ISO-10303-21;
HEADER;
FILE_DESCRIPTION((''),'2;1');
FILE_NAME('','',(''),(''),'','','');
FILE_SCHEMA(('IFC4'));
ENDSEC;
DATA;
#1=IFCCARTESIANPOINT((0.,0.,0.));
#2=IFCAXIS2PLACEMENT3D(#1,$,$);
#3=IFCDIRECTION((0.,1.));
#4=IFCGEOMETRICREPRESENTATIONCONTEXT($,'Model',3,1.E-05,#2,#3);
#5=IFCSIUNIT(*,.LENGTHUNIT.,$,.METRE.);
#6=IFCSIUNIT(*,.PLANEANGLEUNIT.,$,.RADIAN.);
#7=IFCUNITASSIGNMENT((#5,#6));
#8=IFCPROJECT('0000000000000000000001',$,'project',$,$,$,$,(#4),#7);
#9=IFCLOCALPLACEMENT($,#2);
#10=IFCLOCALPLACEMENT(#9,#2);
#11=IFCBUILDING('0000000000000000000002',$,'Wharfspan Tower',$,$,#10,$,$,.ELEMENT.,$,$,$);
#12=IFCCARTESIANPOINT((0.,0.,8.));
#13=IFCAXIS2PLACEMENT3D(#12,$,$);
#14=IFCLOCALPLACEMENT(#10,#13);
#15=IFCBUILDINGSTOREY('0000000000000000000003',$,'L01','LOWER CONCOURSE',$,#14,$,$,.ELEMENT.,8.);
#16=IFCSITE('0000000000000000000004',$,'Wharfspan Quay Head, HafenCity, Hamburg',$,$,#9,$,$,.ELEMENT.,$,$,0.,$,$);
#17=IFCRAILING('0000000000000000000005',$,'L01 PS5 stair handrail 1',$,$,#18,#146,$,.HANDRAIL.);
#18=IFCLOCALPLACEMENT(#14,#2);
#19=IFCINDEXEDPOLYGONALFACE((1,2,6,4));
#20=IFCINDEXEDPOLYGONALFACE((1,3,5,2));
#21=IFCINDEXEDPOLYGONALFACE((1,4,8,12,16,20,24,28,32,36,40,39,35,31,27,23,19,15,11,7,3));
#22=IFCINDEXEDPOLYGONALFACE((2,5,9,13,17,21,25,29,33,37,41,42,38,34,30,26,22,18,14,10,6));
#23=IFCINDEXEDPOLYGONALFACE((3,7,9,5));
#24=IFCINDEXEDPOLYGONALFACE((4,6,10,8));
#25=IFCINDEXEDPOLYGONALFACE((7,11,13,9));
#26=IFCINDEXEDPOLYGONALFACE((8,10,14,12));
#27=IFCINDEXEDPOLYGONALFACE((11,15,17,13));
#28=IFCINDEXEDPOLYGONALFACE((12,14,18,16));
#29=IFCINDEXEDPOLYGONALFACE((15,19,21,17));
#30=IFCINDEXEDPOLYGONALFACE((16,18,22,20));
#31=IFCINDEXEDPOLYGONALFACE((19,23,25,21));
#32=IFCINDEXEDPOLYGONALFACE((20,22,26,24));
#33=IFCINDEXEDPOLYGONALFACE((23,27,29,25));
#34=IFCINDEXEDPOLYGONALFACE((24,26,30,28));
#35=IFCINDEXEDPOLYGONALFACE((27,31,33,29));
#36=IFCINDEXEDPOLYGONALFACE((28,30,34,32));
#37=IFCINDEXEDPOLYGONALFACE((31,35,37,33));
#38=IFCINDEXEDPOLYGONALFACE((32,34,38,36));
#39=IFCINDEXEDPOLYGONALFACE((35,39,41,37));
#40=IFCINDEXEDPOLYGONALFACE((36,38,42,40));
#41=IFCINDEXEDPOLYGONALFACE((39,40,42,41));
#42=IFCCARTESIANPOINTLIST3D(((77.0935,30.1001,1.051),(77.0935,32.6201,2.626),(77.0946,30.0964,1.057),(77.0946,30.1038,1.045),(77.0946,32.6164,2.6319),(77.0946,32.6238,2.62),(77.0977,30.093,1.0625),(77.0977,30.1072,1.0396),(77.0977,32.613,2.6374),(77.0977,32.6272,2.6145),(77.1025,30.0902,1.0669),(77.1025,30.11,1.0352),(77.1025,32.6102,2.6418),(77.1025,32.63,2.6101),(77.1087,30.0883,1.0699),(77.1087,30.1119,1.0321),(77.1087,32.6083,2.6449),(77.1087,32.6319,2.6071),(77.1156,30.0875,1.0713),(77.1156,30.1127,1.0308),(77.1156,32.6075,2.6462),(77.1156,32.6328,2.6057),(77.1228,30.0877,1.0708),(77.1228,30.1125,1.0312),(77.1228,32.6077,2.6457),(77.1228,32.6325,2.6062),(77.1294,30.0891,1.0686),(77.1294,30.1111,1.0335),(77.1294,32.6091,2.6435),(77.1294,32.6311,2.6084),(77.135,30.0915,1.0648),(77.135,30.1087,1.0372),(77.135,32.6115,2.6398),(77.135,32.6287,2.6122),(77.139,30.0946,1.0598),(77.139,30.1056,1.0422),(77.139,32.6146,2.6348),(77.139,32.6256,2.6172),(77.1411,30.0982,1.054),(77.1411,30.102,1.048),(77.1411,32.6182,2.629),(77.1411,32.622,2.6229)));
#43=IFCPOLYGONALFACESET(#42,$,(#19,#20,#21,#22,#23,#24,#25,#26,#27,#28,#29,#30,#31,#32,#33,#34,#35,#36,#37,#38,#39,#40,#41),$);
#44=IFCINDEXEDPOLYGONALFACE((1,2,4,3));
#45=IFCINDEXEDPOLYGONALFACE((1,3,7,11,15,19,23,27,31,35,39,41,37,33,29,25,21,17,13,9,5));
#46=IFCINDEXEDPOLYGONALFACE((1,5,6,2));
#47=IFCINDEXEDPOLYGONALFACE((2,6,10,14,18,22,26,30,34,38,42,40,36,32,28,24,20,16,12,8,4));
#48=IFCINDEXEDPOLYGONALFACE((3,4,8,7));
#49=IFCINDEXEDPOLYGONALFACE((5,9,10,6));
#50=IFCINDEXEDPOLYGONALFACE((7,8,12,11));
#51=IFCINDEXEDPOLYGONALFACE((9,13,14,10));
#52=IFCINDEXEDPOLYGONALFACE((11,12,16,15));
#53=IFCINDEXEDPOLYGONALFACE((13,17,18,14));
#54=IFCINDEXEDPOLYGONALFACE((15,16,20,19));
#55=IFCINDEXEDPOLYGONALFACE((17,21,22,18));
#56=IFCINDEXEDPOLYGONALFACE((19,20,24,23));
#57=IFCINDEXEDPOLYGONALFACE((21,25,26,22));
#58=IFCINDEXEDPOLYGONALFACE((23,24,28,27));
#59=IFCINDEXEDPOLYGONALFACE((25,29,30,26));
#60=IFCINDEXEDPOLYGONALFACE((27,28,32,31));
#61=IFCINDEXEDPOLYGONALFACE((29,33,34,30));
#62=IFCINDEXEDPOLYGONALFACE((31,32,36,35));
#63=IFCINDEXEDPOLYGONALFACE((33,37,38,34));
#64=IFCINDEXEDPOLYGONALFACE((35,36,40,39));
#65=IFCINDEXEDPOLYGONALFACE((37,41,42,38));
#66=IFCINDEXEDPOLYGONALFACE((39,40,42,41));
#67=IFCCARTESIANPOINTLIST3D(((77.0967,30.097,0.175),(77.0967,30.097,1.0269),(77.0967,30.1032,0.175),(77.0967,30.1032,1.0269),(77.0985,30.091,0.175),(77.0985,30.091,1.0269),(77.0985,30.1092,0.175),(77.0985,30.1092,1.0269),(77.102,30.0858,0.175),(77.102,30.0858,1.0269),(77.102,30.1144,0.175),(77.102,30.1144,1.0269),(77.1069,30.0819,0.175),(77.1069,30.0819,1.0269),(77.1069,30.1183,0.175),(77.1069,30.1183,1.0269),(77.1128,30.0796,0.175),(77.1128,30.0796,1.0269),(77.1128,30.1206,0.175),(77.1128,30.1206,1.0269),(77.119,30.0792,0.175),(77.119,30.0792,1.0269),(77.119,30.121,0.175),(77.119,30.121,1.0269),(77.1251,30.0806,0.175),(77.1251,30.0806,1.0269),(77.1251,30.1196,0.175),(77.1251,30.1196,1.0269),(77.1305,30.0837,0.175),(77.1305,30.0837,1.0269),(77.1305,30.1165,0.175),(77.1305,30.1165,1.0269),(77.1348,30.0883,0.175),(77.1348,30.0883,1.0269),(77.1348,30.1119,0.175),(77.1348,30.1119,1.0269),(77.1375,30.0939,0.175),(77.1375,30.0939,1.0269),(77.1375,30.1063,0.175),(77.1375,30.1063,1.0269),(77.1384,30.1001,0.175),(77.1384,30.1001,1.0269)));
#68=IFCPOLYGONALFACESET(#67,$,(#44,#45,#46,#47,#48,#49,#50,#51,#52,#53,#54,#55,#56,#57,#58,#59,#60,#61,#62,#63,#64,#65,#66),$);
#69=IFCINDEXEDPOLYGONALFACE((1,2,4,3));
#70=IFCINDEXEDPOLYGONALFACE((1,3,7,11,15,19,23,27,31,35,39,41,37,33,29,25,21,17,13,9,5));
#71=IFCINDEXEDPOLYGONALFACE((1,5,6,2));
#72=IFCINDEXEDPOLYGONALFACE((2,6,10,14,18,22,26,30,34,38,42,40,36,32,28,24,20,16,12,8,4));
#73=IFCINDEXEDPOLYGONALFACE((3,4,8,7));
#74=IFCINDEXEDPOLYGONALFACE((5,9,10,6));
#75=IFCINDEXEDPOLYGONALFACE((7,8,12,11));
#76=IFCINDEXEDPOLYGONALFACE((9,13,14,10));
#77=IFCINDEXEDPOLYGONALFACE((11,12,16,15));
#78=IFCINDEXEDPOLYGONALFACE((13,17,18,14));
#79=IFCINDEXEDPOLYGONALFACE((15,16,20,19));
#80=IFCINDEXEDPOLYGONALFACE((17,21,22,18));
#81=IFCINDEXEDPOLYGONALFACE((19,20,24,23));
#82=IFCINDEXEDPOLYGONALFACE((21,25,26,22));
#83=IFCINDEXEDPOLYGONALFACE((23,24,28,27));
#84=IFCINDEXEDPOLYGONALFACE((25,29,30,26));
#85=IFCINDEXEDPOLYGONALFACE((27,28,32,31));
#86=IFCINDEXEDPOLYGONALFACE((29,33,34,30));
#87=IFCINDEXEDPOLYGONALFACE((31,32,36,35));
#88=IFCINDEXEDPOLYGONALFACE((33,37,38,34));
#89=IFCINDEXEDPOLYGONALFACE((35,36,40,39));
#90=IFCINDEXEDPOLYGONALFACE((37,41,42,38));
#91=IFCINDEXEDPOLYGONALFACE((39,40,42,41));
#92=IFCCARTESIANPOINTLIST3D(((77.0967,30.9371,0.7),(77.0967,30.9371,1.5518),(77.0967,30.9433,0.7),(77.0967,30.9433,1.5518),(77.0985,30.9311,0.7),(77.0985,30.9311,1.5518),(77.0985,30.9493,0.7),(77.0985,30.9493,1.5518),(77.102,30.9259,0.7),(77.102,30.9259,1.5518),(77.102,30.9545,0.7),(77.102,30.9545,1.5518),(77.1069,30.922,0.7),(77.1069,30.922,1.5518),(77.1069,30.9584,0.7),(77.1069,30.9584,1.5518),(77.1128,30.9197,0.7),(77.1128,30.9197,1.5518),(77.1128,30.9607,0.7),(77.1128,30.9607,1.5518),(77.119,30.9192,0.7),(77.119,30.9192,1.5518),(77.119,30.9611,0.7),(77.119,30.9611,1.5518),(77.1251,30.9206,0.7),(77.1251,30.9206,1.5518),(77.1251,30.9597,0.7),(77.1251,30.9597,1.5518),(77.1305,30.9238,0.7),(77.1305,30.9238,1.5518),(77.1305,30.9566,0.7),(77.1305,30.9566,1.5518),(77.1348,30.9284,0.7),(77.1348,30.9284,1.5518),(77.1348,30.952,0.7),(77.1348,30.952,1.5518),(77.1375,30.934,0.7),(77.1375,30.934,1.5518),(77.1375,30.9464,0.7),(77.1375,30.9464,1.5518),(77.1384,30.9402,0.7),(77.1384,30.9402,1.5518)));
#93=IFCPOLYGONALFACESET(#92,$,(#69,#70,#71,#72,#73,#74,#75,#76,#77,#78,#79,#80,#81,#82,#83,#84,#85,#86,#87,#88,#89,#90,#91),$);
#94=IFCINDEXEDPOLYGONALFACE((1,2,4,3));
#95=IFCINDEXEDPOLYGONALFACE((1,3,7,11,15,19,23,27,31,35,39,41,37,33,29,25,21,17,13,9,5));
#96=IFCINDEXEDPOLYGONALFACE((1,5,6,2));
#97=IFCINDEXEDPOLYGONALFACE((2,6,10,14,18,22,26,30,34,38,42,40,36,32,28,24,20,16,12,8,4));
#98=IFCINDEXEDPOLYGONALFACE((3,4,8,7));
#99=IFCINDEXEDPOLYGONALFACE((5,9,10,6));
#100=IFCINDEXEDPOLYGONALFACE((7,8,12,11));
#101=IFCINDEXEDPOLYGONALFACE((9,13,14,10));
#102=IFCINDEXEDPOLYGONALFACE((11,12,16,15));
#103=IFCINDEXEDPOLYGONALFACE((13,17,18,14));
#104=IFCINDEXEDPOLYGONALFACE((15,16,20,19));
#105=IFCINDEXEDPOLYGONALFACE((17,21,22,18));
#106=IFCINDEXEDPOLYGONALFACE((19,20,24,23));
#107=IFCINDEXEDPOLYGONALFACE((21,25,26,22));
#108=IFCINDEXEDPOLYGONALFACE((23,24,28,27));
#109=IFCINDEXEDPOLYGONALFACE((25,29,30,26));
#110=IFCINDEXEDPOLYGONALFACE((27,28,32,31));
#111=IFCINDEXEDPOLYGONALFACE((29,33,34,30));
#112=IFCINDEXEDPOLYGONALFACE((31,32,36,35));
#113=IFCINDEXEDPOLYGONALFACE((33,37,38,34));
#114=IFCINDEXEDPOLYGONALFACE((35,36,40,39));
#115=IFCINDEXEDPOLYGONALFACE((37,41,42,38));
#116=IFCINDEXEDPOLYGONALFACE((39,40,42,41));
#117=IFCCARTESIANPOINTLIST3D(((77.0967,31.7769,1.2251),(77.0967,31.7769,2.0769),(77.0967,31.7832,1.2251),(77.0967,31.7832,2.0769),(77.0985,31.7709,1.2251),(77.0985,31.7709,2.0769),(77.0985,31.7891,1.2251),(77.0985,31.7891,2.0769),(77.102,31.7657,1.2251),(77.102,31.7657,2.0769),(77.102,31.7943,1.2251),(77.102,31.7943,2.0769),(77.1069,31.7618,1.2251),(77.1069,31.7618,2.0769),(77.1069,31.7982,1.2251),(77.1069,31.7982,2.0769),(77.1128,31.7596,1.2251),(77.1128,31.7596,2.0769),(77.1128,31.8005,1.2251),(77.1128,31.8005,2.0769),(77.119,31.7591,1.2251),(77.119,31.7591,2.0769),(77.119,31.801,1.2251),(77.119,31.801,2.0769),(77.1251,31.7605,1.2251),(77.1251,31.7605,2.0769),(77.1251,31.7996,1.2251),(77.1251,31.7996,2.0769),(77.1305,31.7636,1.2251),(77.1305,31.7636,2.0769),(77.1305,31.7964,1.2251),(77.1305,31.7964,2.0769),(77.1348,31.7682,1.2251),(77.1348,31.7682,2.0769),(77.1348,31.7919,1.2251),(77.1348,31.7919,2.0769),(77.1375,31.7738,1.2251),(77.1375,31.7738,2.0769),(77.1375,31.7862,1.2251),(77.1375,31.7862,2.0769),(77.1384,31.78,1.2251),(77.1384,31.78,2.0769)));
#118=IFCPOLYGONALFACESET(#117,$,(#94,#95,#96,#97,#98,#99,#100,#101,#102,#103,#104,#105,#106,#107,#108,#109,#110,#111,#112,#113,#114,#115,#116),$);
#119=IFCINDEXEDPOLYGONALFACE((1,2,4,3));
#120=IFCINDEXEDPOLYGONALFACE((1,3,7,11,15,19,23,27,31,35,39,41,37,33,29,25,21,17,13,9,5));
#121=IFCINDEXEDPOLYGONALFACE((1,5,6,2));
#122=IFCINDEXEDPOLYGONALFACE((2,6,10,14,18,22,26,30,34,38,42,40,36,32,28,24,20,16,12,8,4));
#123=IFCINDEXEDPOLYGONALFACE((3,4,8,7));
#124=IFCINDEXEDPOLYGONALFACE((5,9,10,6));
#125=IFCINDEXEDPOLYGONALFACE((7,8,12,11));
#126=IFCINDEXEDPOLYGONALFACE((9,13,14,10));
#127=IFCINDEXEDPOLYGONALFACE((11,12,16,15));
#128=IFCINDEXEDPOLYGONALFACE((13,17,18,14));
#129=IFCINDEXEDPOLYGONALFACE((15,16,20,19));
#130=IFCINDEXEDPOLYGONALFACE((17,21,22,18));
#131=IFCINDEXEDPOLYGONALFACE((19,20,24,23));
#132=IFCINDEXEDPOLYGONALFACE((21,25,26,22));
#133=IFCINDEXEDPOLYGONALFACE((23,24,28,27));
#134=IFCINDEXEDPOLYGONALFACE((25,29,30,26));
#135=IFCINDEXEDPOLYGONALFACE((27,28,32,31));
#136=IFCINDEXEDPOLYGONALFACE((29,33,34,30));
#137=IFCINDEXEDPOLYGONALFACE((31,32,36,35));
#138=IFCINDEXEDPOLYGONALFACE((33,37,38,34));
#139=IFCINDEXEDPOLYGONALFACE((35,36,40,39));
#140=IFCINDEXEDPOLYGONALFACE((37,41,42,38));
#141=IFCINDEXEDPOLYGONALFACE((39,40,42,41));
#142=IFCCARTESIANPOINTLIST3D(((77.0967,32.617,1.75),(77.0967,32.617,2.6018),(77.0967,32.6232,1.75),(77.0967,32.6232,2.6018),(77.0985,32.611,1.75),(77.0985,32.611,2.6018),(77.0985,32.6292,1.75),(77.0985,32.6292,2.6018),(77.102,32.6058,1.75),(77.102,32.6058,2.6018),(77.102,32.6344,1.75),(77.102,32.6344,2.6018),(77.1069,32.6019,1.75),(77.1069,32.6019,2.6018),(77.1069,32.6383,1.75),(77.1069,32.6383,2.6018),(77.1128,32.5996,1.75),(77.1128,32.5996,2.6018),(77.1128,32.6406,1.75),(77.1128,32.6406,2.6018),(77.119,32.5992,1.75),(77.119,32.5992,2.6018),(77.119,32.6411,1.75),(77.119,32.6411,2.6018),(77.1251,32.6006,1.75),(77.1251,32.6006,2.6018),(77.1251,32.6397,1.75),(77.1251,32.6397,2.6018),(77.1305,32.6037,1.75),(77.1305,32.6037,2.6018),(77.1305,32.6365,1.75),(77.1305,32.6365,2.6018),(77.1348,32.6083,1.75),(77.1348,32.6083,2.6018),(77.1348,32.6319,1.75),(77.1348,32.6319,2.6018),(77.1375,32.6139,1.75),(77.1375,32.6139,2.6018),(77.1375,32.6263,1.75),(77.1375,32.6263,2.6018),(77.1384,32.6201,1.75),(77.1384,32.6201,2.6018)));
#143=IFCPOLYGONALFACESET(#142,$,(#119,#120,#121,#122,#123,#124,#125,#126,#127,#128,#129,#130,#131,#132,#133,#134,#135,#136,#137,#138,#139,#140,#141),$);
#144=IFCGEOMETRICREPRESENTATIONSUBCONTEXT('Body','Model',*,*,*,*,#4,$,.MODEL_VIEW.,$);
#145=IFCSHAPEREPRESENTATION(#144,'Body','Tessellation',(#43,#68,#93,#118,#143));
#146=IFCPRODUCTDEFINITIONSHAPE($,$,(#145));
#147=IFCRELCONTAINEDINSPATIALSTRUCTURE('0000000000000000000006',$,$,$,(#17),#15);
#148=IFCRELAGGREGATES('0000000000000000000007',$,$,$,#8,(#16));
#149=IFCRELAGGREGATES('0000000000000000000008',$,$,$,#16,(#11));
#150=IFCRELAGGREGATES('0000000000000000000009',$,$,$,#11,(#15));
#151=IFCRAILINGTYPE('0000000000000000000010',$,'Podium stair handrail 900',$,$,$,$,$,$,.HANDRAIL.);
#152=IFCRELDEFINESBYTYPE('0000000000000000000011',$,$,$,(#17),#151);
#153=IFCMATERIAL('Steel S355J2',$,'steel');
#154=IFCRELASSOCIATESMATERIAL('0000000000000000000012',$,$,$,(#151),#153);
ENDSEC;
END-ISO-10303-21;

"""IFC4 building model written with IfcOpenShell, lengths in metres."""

from ifc_helpers import new_model, si_unit, direction, frame, origin, origin_2d, place, context, subcontext, project, spatial, circle, extrude, material, type_object, element, save


model = new_model("IFC4")

# Units and contexts
model_context = context("Model", 3, precision=1e-05, world=origin(), true_north=direction((0.0, 1.0)))
body_context = subcontext(model_context, "Body", "Model", "MODEL_VIEW")
ifc_project = project(units=[si_unit("LENGTHUNIT", "METRE"), si_unit("PLANEANGLEUNIT", "RADIAN")], contexts=[model_context])

# Site, building, storey
site_placement = place(None, origin())
site = spatial("IfcSite", under=ifc_project, at=site_placement, Name="Wharfspan Quay Head, HafenCity, Hamburg", CompositionType="ELEMENT", RefElevation=0.0)
building_placement = place(site_placement, origin())
building = spatial("IfcBuilding", under=site, at=building_placement, Name="Wharfspan Tower", CompositionType="ELEMENT")
storey_placement = place(building_placement, frame((0.0, 0.0, 8.0)))
storey = spatial("IfcBuildingStorey", under=building, at=storey_placement, Name="L01", Description="LOWER CONCOURSE", CompositionType="ELEMENT", Elevation=8.0)

# Railing
ifc_material_1 = material(Name="Steel S355J2", Category="steel")
railing_type_1 = type_object("IfcRailingType", Name="Podium stair handrail 900", PredefinedType="HANDRAIL", material=ifc_material_1)
for number, where, name in (
    (1, (77.1174, 30.1001, 0.175), "L01 PS5 stair handrail 1"),
):
    element("IfcRailing", number, at=place(storey_placement, frame(where)), inside=storey, type_object=railing_type_1, Name=name, PredefinedType="HANDRAIL", context=body_context, shape_type="SweptSolid", body=[
        extrude(circle(Radius=0.0239, at=origin_2d()), frame((0.0, 0.0, 0.876), z_axis=(0.0, 0.848008, 0.529984), x_axis=(-1.0, 0.0, 0.0)), (0.0, 0.0, 1.0), 2.9717),
        extrude(circle(Radius=0.021, at=origin_2d()), origin(), (0.0, 0.0, 1.0), 0.8518),
        extrude(circle(Radius=0.021, at=origin_2d()), frame((0.0, 0.8401, 0.5249)), (0.0, 0.0, 1.0), 0.8518),
        extrude(circle(Radius=0.021, at=origin_2d()), frame((0.0, 1.6799, 1.05)), (0.0, 0.0, 1.0), 0.8518),
        extrude(circle(Radius=0.021, at=origin_2d()), frame((0.0, 2.52, 1.575)), (0.0, 0.0, 1.0), 0.8518),
    ])

save(model, "model.ifc")
